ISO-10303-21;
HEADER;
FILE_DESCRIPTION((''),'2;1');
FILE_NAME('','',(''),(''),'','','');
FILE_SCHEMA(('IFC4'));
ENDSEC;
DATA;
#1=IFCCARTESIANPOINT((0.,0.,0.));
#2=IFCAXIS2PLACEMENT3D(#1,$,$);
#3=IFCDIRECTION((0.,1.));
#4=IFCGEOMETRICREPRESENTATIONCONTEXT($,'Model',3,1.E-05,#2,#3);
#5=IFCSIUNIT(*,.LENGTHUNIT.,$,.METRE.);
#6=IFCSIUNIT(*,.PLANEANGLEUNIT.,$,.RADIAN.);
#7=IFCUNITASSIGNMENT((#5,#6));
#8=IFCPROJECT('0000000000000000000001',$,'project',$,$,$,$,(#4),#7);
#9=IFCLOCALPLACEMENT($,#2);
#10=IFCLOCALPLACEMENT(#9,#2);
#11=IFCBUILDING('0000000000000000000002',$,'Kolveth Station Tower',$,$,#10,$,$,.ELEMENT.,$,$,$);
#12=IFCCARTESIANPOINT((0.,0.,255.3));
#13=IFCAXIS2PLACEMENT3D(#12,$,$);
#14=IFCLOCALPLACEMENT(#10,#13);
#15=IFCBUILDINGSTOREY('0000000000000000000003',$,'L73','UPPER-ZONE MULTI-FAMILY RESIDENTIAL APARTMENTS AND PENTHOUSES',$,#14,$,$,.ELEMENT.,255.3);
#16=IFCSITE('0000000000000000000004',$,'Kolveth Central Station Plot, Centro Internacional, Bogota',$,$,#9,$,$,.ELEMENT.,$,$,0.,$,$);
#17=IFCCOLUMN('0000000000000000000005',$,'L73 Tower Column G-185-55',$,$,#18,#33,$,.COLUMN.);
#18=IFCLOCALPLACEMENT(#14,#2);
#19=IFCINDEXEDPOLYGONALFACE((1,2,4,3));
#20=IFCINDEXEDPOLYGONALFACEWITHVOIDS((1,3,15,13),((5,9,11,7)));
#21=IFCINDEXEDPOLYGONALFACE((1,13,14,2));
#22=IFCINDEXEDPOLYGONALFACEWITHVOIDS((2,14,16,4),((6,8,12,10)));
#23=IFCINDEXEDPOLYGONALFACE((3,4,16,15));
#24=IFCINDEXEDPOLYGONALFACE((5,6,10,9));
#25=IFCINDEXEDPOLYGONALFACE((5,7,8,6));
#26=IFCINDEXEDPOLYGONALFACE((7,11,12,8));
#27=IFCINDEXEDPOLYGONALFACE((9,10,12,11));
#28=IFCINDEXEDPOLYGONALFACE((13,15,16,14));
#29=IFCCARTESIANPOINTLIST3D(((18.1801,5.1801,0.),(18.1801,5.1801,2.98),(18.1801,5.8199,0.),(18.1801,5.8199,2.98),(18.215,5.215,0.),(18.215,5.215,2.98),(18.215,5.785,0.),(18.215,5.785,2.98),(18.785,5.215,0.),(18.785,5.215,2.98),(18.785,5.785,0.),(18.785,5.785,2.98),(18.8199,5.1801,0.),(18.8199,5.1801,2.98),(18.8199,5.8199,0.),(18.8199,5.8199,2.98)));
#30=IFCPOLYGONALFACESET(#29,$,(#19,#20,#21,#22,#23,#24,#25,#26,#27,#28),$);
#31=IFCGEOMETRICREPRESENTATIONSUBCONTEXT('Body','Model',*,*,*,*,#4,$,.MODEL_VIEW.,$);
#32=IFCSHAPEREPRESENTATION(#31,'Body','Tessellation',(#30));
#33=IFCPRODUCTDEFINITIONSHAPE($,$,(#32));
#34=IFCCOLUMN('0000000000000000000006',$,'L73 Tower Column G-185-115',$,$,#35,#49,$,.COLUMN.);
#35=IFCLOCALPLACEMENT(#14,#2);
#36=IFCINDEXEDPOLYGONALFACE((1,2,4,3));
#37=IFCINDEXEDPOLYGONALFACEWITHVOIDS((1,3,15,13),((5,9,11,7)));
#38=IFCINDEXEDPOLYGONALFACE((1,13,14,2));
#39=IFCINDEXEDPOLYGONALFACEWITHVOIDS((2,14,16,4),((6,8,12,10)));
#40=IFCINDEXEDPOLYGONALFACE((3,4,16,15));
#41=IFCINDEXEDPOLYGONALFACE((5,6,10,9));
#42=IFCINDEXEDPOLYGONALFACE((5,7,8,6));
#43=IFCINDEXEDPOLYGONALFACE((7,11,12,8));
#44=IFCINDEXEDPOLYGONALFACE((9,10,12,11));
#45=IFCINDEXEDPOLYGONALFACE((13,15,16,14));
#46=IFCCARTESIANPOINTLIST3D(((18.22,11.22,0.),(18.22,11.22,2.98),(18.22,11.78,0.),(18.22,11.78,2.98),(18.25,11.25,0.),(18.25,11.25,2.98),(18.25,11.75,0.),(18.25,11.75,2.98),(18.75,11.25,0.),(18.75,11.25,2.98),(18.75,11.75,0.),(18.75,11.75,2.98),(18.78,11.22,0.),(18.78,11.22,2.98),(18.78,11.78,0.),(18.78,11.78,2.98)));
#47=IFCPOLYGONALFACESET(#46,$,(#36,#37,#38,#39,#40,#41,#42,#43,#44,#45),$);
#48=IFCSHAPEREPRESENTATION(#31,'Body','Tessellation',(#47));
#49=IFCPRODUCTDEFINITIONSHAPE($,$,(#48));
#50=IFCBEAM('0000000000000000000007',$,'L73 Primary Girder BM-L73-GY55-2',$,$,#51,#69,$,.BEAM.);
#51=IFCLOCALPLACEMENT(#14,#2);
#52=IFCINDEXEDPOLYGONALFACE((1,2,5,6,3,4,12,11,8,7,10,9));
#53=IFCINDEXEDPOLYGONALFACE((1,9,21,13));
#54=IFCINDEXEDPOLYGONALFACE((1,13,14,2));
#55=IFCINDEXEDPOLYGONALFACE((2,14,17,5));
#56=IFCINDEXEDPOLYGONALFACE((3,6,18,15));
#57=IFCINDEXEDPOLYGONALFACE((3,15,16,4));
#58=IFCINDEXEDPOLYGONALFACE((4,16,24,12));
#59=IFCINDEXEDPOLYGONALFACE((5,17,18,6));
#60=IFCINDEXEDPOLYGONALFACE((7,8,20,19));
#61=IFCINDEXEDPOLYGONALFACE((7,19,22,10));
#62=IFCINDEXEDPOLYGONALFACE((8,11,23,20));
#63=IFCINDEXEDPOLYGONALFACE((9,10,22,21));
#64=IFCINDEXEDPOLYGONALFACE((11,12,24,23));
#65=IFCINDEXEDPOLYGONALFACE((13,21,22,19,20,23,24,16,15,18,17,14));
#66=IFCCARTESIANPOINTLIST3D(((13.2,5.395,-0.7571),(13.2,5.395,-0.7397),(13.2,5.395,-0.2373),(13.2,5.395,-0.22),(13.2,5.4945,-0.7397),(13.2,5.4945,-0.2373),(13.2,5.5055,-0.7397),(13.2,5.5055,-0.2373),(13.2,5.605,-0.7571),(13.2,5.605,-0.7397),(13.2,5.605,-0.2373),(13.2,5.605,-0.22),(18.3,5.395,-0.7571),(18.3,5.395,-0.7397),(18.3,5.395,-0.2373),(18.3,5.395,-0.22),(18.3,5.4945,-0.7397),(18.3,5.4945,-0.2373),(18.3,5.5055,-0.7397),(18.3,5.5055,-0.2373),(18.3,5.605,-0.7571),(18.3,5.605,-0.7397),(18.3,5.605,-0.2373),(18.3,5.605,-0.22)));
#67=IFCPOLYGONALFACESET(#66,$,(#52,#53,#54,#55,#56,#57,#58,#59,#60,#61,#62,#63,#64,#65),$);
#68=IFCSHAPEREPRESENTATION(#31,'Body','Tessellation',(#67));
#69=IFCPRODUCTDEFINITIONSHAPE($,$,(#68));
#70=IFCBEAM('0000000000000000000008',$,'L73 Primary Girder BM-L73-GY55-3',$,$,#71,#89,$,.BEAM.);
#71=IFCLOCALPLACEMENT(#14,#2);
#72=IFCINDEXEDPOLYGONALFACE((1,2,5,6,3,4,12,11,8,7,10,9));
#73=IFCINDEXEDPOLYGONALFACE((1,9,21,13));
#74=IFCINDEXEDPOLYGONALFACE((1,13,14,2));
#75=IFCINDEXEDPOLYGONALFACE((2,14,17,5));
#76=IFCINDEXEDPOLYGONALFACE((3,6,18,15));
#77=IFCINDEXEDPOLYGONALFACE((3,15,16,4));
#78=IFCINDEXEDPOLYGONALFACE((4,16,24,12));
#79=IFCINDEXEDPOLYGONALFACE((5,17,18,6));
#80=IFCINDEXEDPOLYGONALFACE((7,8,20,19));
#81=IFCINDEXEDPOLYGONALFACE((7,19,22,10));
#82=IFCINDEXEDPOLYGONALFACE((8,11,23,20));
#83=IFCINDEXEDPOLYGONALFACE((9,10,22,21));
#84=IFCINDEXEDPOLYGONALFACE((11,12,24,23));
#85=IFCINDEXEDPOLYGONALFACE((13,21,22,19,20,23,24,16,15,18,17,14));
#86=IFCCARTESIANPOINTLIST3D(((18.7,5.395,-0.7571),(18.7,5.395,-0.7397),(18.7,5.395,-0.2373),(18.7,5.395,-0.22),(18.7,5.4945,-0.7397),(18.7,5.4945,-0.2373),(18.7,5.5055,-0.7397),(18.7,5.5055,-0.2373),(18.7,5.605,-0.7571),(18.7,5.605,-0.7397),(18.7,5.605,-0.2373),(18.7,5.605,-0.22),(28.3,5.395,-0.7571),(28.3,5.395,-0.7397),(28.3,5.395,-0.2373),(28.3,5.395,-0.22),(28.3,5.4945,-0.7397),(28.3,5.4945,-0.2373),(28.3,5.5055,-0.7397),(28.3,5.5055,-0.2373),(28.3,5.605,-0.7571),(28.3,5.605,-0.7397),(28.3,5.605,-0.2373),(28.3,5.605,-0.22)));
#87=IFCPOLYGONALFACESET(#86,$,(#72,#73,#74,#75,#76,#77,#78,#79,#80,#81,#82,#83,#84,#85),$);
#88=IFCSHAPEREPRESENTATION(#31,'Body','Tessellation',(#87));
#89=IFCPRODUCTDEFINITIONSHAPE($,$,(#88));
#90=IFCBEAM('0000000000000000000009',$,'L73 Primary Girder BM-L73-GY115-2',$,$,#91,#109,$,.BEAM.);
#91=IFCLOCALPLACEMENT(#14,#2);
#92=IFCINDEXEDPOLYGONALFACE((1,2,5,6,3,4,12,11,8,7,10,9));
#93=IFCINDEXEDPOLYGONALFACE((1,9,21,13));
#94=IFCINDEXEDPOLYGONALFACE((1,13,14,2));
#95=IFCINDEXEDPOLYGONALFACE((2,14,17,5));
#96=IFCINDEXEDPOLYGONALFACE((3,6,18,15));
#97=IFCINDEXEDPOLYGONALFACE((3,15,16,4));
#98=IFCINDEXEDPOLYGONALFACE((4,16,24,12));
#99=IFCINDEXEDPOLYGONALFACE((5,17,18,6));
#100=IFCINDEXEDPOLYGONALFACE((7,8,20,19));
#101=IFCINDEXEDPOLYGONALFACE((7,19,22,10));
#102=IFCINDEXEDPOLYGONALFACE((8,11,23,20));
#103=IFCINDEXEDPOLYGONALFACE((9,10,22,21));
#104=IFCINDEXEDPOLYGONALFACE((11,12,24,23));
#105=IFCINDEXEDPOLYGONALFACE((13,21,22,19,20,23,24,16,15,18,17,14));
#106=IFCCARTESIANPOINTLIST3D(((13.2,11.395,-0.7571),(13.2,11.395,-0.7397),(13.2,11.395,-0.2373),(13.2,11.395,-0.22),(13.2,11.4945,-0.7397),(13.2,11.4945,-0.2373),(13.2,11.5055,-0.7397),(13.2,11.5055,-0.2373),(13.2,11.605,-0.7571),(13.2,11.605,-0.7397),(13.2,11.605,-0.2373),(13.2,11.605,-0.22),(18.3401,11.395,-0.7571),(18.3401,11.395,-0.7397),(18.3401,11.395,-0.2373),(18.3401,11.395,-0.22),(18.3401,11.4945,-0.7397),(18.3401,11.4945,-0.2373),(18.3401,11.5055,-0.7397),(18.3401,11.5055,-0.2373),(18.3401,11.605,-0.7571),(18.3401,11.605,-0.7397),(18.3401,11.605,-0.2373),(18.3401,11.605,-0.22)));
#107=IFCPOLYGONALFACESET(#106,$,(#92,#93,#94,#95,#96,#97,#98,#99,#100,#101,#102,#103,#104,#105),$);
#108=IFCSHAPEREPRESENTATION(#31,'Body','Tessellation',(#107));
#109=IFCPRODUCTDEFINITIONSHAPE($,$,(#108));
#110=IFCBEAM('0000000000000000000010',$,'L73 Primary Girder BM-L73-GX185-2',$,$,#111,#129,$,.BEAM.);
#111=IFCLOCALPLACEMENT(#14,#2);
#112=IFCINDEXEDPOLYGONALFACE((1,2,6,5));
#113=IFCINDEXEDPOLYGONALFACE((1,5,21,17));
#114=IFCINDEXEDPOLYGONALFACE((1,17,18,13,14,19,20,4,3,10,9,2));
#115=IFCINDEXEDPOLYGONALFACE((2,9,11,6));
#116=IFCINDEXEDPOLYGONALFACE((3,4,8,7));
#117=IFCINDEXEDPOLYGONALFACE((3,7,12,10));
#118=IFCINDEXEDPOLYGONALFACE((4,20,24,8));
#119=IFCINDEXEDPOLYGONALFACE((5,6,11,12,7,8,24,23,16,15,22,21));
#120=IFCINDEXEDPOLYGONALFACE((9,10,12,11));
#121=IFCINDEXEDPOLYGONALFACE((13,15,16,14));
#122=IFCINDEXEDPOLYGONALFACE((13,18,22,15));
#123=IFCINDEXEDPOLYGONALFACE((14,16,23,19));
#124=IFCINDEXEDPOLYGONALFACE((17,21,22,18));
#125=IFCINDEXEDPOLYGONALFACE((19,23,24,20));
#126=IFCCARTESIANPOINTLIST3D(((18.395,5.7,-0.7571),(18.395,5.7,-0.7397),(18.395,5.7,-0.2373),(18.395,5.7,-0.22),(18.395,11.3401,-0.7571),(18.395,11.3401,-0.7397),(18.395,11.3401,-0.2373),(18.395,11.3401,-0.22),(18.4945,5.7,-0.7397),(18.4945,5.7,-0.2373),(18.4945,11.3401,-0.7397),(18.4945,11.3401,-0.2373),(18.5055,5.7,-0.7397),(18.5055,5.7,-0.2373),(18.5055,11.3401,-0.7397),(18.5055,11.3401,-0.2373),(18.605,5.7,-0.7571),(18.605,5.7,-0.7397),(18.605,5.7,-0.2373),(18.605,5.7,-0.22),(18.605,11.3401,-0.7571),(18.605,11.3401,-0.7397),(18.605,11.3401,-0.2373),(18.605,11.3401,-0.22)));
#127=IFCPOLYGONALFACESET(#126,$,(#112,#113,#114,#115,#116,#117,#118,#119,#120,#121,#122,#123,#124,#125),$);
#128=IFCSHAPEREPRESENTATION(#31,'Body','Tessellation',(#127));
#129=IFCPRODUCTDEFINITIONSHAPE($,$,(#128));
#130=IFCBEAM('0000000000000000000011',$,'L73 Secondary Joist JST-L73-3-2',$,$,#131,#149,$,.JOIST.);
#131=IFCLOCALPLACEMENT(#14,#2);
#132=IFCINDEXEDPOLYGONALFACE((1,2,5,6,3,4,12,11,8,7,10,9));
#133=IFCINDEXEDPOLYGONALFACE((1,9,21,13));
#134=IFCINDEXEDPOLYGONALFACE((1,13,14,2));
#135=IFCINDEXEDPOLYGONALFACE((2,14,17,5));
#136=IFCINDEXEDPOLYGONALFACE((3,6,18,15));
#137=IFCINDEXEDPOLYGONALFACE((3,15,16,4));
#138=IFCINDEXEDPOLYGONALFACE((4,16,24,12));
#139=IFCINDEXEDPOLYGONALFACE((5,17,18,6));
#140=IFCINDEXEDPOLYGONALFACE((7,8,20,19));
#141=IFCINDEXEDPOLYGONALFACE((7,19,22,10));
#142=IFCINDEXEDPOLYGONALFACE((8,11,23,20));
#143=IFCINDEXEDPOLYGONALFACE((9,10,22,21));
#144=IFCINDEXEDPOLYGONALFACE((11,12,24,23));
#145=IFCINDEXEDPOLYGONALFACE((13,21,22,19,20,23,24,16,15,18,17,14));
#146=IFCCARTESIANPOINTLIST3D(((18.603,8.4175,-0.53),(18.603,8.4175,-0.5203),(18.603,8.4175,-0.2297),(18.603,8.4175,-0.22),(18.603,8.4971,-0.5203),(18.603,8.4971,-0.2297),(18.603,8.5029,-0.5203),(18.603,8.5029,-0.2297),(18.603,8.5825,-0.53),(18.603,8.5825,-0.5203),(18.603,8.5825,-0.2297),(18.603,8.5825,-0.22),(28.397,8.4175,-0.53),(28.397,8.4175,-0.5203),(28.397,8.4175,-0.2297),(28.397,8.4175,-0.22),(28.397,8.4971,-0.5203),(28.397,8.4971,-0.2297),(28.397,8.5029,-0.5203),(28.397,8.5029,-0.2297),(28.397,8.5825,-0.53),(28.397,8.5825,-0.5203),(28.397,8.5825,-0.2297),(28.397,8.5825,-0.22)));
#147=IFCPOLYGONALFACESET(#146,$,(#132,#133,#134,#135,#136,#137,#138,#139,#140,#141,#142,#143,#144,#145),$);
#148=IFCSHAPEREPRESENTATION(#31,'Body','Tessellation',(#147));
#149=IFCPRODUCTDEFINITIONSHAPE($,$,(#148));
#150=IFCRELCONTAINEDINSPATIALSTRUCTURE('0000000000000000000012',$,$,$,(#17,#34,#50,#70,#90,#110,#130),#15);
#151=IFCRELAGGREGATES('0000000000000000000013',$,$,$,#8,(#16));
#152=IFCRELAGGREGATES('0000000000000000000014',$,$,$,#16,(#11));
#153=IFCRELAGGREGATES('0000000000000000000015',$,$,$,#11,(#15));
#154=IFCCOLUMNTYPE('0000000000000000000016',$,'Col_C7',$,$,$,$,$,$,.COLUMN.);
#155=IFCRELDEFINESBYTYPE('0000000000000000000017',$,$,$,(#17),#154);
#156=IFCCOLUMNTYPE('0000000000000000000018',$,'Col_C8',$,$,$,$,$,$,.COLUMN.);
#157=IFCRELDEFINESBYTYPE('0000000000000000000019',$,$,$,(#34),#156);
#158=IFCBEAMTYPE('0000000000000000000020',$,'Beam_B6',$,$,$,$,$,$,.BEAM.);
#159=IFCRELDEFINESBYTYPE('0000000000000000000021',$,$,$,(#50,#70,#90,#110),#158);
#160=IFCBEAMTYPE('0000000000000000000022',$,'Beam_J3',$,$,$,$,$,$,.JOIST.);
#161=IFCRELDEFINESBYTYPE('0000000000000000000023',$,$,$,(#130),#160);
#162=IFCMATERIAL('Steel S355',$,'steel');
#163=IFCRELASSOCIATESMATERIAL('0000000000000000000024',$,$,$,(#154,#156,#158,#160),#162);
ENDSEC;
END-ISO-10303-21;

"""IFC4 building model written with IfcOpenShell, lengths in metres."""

from ifc_helpers import new_model, si_unit, direction, frame, origin, origin_2d, place, context, subcontext, project, spatial, hollow_rectangle, i_section, extrude, source, transform, mapped, material, material_profile, profile_set, type_object, element, save


model = new_model("IFC4")

# Units and contexts
model_context = context("Model", 3, precision=1e-05, world=origin(), true_north=direction((0.0, 1.0)))
body_context = subcontext(model_context, "Body", "Model", "MODEL_VIEW")
ifc_project = project(units=[si_unit("LENGTHUNIT", "METRE"), si_unit("PLANEANGLEUNIT", "RADIAN")], contexts=[model_context])

# Site, building, storey
site_placement = place(None, origin())
site = spatial("IfcSite", under=ifc_project, at=site_placement, Name="Kolveth Central Station Plot, Centro Internacional, Bogota", CompositionType="ELEMENT", RefElevation=0.0)
building_placement = place(site_placement, origin())
building = spatial("IfcBuilding", under=site, at=building_placement, Name="Kolveth Station Tower", CompositionType="ELEMENT")
storey_placement = place(building_placement, frame((0.0, 0.0, 255.3)))
storey = spatial("IfcBuildingStorey", under=building, at=storey_placement, Name="L73", Description="UPPER-ZONE MULTI-FAMILY RESIDENTIAL APARTMENTS AND PENTHOUSES", CompositionType="ELEMENT", Elevation=255.3)

# Columns
ifc_material_1 = material(Name="Steel S355", Category="steel")
ifc_material_profile_1 = material_profile(ifc_material_1, hollow_rectangle(XDim=0.6399, YDim=0.6399, WallThickness=0.0349, at=origin_2d()), Name="BOX640x640x35")
ifc_profile_set_1 = profile_set([ifc_material_profile_1], Name="Steel S355")
column_type_1 = type_object("IfcColumnType", Name="Col_C7", PredefinedType="COLUMN", material=ifc_profile_set_1)
shared_shape_1 = source(origin(), body_context, "Body", "SweptSolid", [
    extrude(hollow_rectangle(XDim=0.6399, YDim=0.6399, WallThickness=0.0349, at=origin_2d()), origin(), (0.0, 0.0, 1.0), 2.98),
])
column_1_placement = place(storey_placement, frame((18.5, 5.5, 0.0), z_axis=(0.0, 0.0, 1.0), x_axis=(1.0, 0.0, 0.0)))
element("IfcColumn", 1, at=column_1_placement, inside=storey, type_object=column_type_1, Name="L73 Tower Column G-185-55", PredefinedType="COLUMN", context=body_context, shape_type="MappedRepresentation", body=[
    mapped(shared_shape_1, transform((0.0, 0.0, 0.0), x_axis=(1.0, 0.0, 0.0), y_axis=(0.0, 1.0, 0.0), z_axis=(0.0, 0.0, 1.0), scale=1.0)),
])
ifc_material_profile_2 = material_profile(ifc_material_1, hollow_rectangle(XDim=0.5601, YDim=0.5601, WallThickness=0.03, at=origin_2d()), Name="BOX560x560x30")
ifc_profile_set_2 = profile_set([ifc_material_profile_2], Name="Steel S355")
column_type_2 = type_object("IfcColumnType", Name="Col_C8", PredefinedType="COLUMN", material=ifc_profile_set_2)
shared_shape_2 = source(origin(), body_context, "Body", "SweptSolid", [
    extrude(hollow_rectangle(XDim=0.5601, YDim=0.5601, WallThickness=0.03, at=origin_2d()), origin(), (0.0, 0.0, 1.0), 2.98),
])
column_2_placement = place(storey_placement, frame((18.5, 11.5, 0.0), z_axis=(0.0, 0.0, 1.0), x_axis=(1.0, 0.0, 0.0)))
element("IfcColumn", 2, at=column_2_placement, inside=storey, type_object=column_type_2, Name="L73 Tower Column G-185-115", PredefinedType="COLUMN", context=body_context, shape_type="MappedRepresentation", body=[
    mapped(shared_shape_2, transform((0.0, 0.0, 0.0), x_axis=(1.0, 0.0, 0.0), y_axis=(0.0, 1.0, 0.0), z_axis=(0.0, 0.0, 1.0), scale=1.0)),
])

# Beams
ifc_material_profile_3 = material_profile(ifc_material_1, i_section(OverallWidth=0.21, OverallDepth=0.5371, WebThickness=0.011, FlangeThickness=0.0173, at=origin_2d()), Name="W530x101")
ifc_profile_set_3 = profile_set([ifc_material_profile_3], Name="Steel S355")
beam_type_1 = type_object("IfcBeamType", Name="Beam_B6", PredefinedType="BEAM", material=ifc_profile_set_3)
shared_shape_3 = source(origin(), body_context, "Body", "SweptSolid", [
    extrude(i_section(OverallWidth=0.21, OverallDepth=0.5371, WebThickness=0.011, FlangeThickness=0.0173, at=origin_2d()), origin(), (0.0, 0.0, 1.0), 5.1001),
])
beam_1_placement = place(storey_placement, frame((13.2, 5.5, -0.4885), z_axis=(1.0, 0.0, 0.0), x_axis=(0.0, 1.0, 0.0)))
element("IfcBeam", 3, at=beam_1_placement, inside=storey, type_object=beam_type_1, Name="L73 Primary Girder BM-L73-GY55-2", PredefinedType="BEAM", context=body_context, shape_type="MappedRepresentation", body=[
    mapped(shared_shape_3, transform((0.0, 0.0, 0.0), x_axis=(1.0, 0.0, 0.0), y_axis=(0.0, 1.0, 0.0), z_axis=(0.0, 0.0, 1.0), scale=1.0)),
])
shared_shape_4 = source(origin(), body_context, "Body", "SweptSolid", [
    extrude(i_section(OverallWidth=0.21, OverallDepth=0.5371, WebThickness=0.011, FlangeThickness=0.0173, at=origin_2d()), origin(), (0.0, 0.0, 1.0), 9.6001),
])
beam_2_placement = place(storey_placement, frame((18.7, 5.5, -0.4885), z_axis=(1.0, 0.0, 0.0), x_axis=(0.0, 1.0, 0.0)))
element("IfcBeam", 4, at=beam_2_placement, inside=storey, type_object=beam_type_1, Name="L73 Primary Girder BM-L73-GY55-3", PredefinedType="BEAM", context=body_context, shape_type="MappedRepresentation", body=[
    mapped(shared_shape_4, transform((0.0, 0.0, 0.0), x_axis=(1.0, 0.0, 0.0), y_axis=(0.0, 1.0, 0.0), z_axis=(0.0, 0.0, 1.0), scale=1.0)),
])
shared_shape_5 = source(origin(), body_context, "Body", "SweptSolid", [
    extrude(i_section(OverallWidth=0.21, OverallDepth=0.5371, WebThickness=0.011, FlangeThickness=0.0173, at=origin_2d()), origin(), (0.0, 0.0, 1.0), 5.1401),
])
beam_3_placement = place(storey_placement, frame((13.2, 11.5, -0.4885), z_axis=(1.0, 0.0, 0.0), x_axis=(0.0, 1.0, 0.0)))
element("IfcBeam", 5, at=beam_3_placement, inside=storey, type_object=beam_type_1, Name="L73 Primary Girder BM-L73-GY115-2", PredefinedType="BEAM", context=body_context, shape_type="MappedRepresentation", body=[
    mapped(shared_shape_5, transform((0.0, 0.0, 0.0), x_axis=(1.0, 0.0, 0.0), y_axis=(0.0, 1.0, 0.0), z_axis=(0.0, 0.0, 1.0), scale=1.0)),
])
shared_shape_6 = source(origin(), body_context, "Body", "SweptSolid", [
    extrude(i_section(OverallWidth=0.21, OverallDepth=0.5371, WebThickness=0.011, FlangeThickness=0.0173, at=origin_2d()), origin(), (0.0, 0.0, 1.0), 5.6401),
])
beam_4_placement = place(storey_placement, frame((18.5, 5.7, -0.4885), z_axis=(0.0, 1.0, 0.0), x_axis=(-1.0, 0.0, 0.0)))
element("IfcBeam", 6, at=beam_4_placement, inside=storey, type_object=beam_type_1, Name="L73 Primary Girder BM-L73-GX185-2", PredefinedType="BEAM", context=body_context, shape_type="MappedRepresentation", body=[
    mapped(shared_shape_6, transform((0.0, 0.0, 0.0), x_axis=(1.0, 0.0, 0.0), y_axis=(0.0, 1.0, 0.0), z_axis=(0.0, 0.0, 1.0), scale=1.0)),
])
ifc_material_profile_4 = material_profile(ifc_material_1, i_section(OverallWidth=0.165, OverallDepth=0.3101, WebThickness=0.0059, FlangeThickness=0.0098, at=origin_2d()), Name="W310x39")
ifc_profile_set_4 = profile_set([ifc_material_profile_4], Name="Steel S355")
beam_type_2 = type_object("IfcBeamType", Name="Beam_J3", PredefinedType="JOIST", material=ifc_profile_set_4)
shared_shape_7 = source(origin(), body_context, "Body", "SweptSolid", [
    extrude(i_section(OverallWidth=0.165, OverallDepth=0.3101, WebThickness=0.0059, FlangeThickness=0.0098, at=origin_2d()), origin(), (0.0, 0.0, 1.0), 9.7939),
])
beam_5_placement = place(storey_placement, frame((18.603, 8.5, -0.375), z_axis=(1.0, 0.0, 0.0), x_axis=(0.0, 1.0, 0.0)))
element("IfcBeam", 7, at=beam_5_placement, inside=storey, type_object=beam_type_2, Name="L73 Secondary Joist JST-L73-3-2", PredefinedType="JOIST", context=body_context, shape_type="MappedRepresentation", body=[
    mapped(shared_shape_7, transform((0.0, 0.0, 0.0), x_axis=(1.0, 0.0, 0.0), y_axis=(0.0, 1.0, 0.0), z_axis=(0.0, 0.0, 1.0), scale=1.0)),
])

save(model, "model.ifc")
